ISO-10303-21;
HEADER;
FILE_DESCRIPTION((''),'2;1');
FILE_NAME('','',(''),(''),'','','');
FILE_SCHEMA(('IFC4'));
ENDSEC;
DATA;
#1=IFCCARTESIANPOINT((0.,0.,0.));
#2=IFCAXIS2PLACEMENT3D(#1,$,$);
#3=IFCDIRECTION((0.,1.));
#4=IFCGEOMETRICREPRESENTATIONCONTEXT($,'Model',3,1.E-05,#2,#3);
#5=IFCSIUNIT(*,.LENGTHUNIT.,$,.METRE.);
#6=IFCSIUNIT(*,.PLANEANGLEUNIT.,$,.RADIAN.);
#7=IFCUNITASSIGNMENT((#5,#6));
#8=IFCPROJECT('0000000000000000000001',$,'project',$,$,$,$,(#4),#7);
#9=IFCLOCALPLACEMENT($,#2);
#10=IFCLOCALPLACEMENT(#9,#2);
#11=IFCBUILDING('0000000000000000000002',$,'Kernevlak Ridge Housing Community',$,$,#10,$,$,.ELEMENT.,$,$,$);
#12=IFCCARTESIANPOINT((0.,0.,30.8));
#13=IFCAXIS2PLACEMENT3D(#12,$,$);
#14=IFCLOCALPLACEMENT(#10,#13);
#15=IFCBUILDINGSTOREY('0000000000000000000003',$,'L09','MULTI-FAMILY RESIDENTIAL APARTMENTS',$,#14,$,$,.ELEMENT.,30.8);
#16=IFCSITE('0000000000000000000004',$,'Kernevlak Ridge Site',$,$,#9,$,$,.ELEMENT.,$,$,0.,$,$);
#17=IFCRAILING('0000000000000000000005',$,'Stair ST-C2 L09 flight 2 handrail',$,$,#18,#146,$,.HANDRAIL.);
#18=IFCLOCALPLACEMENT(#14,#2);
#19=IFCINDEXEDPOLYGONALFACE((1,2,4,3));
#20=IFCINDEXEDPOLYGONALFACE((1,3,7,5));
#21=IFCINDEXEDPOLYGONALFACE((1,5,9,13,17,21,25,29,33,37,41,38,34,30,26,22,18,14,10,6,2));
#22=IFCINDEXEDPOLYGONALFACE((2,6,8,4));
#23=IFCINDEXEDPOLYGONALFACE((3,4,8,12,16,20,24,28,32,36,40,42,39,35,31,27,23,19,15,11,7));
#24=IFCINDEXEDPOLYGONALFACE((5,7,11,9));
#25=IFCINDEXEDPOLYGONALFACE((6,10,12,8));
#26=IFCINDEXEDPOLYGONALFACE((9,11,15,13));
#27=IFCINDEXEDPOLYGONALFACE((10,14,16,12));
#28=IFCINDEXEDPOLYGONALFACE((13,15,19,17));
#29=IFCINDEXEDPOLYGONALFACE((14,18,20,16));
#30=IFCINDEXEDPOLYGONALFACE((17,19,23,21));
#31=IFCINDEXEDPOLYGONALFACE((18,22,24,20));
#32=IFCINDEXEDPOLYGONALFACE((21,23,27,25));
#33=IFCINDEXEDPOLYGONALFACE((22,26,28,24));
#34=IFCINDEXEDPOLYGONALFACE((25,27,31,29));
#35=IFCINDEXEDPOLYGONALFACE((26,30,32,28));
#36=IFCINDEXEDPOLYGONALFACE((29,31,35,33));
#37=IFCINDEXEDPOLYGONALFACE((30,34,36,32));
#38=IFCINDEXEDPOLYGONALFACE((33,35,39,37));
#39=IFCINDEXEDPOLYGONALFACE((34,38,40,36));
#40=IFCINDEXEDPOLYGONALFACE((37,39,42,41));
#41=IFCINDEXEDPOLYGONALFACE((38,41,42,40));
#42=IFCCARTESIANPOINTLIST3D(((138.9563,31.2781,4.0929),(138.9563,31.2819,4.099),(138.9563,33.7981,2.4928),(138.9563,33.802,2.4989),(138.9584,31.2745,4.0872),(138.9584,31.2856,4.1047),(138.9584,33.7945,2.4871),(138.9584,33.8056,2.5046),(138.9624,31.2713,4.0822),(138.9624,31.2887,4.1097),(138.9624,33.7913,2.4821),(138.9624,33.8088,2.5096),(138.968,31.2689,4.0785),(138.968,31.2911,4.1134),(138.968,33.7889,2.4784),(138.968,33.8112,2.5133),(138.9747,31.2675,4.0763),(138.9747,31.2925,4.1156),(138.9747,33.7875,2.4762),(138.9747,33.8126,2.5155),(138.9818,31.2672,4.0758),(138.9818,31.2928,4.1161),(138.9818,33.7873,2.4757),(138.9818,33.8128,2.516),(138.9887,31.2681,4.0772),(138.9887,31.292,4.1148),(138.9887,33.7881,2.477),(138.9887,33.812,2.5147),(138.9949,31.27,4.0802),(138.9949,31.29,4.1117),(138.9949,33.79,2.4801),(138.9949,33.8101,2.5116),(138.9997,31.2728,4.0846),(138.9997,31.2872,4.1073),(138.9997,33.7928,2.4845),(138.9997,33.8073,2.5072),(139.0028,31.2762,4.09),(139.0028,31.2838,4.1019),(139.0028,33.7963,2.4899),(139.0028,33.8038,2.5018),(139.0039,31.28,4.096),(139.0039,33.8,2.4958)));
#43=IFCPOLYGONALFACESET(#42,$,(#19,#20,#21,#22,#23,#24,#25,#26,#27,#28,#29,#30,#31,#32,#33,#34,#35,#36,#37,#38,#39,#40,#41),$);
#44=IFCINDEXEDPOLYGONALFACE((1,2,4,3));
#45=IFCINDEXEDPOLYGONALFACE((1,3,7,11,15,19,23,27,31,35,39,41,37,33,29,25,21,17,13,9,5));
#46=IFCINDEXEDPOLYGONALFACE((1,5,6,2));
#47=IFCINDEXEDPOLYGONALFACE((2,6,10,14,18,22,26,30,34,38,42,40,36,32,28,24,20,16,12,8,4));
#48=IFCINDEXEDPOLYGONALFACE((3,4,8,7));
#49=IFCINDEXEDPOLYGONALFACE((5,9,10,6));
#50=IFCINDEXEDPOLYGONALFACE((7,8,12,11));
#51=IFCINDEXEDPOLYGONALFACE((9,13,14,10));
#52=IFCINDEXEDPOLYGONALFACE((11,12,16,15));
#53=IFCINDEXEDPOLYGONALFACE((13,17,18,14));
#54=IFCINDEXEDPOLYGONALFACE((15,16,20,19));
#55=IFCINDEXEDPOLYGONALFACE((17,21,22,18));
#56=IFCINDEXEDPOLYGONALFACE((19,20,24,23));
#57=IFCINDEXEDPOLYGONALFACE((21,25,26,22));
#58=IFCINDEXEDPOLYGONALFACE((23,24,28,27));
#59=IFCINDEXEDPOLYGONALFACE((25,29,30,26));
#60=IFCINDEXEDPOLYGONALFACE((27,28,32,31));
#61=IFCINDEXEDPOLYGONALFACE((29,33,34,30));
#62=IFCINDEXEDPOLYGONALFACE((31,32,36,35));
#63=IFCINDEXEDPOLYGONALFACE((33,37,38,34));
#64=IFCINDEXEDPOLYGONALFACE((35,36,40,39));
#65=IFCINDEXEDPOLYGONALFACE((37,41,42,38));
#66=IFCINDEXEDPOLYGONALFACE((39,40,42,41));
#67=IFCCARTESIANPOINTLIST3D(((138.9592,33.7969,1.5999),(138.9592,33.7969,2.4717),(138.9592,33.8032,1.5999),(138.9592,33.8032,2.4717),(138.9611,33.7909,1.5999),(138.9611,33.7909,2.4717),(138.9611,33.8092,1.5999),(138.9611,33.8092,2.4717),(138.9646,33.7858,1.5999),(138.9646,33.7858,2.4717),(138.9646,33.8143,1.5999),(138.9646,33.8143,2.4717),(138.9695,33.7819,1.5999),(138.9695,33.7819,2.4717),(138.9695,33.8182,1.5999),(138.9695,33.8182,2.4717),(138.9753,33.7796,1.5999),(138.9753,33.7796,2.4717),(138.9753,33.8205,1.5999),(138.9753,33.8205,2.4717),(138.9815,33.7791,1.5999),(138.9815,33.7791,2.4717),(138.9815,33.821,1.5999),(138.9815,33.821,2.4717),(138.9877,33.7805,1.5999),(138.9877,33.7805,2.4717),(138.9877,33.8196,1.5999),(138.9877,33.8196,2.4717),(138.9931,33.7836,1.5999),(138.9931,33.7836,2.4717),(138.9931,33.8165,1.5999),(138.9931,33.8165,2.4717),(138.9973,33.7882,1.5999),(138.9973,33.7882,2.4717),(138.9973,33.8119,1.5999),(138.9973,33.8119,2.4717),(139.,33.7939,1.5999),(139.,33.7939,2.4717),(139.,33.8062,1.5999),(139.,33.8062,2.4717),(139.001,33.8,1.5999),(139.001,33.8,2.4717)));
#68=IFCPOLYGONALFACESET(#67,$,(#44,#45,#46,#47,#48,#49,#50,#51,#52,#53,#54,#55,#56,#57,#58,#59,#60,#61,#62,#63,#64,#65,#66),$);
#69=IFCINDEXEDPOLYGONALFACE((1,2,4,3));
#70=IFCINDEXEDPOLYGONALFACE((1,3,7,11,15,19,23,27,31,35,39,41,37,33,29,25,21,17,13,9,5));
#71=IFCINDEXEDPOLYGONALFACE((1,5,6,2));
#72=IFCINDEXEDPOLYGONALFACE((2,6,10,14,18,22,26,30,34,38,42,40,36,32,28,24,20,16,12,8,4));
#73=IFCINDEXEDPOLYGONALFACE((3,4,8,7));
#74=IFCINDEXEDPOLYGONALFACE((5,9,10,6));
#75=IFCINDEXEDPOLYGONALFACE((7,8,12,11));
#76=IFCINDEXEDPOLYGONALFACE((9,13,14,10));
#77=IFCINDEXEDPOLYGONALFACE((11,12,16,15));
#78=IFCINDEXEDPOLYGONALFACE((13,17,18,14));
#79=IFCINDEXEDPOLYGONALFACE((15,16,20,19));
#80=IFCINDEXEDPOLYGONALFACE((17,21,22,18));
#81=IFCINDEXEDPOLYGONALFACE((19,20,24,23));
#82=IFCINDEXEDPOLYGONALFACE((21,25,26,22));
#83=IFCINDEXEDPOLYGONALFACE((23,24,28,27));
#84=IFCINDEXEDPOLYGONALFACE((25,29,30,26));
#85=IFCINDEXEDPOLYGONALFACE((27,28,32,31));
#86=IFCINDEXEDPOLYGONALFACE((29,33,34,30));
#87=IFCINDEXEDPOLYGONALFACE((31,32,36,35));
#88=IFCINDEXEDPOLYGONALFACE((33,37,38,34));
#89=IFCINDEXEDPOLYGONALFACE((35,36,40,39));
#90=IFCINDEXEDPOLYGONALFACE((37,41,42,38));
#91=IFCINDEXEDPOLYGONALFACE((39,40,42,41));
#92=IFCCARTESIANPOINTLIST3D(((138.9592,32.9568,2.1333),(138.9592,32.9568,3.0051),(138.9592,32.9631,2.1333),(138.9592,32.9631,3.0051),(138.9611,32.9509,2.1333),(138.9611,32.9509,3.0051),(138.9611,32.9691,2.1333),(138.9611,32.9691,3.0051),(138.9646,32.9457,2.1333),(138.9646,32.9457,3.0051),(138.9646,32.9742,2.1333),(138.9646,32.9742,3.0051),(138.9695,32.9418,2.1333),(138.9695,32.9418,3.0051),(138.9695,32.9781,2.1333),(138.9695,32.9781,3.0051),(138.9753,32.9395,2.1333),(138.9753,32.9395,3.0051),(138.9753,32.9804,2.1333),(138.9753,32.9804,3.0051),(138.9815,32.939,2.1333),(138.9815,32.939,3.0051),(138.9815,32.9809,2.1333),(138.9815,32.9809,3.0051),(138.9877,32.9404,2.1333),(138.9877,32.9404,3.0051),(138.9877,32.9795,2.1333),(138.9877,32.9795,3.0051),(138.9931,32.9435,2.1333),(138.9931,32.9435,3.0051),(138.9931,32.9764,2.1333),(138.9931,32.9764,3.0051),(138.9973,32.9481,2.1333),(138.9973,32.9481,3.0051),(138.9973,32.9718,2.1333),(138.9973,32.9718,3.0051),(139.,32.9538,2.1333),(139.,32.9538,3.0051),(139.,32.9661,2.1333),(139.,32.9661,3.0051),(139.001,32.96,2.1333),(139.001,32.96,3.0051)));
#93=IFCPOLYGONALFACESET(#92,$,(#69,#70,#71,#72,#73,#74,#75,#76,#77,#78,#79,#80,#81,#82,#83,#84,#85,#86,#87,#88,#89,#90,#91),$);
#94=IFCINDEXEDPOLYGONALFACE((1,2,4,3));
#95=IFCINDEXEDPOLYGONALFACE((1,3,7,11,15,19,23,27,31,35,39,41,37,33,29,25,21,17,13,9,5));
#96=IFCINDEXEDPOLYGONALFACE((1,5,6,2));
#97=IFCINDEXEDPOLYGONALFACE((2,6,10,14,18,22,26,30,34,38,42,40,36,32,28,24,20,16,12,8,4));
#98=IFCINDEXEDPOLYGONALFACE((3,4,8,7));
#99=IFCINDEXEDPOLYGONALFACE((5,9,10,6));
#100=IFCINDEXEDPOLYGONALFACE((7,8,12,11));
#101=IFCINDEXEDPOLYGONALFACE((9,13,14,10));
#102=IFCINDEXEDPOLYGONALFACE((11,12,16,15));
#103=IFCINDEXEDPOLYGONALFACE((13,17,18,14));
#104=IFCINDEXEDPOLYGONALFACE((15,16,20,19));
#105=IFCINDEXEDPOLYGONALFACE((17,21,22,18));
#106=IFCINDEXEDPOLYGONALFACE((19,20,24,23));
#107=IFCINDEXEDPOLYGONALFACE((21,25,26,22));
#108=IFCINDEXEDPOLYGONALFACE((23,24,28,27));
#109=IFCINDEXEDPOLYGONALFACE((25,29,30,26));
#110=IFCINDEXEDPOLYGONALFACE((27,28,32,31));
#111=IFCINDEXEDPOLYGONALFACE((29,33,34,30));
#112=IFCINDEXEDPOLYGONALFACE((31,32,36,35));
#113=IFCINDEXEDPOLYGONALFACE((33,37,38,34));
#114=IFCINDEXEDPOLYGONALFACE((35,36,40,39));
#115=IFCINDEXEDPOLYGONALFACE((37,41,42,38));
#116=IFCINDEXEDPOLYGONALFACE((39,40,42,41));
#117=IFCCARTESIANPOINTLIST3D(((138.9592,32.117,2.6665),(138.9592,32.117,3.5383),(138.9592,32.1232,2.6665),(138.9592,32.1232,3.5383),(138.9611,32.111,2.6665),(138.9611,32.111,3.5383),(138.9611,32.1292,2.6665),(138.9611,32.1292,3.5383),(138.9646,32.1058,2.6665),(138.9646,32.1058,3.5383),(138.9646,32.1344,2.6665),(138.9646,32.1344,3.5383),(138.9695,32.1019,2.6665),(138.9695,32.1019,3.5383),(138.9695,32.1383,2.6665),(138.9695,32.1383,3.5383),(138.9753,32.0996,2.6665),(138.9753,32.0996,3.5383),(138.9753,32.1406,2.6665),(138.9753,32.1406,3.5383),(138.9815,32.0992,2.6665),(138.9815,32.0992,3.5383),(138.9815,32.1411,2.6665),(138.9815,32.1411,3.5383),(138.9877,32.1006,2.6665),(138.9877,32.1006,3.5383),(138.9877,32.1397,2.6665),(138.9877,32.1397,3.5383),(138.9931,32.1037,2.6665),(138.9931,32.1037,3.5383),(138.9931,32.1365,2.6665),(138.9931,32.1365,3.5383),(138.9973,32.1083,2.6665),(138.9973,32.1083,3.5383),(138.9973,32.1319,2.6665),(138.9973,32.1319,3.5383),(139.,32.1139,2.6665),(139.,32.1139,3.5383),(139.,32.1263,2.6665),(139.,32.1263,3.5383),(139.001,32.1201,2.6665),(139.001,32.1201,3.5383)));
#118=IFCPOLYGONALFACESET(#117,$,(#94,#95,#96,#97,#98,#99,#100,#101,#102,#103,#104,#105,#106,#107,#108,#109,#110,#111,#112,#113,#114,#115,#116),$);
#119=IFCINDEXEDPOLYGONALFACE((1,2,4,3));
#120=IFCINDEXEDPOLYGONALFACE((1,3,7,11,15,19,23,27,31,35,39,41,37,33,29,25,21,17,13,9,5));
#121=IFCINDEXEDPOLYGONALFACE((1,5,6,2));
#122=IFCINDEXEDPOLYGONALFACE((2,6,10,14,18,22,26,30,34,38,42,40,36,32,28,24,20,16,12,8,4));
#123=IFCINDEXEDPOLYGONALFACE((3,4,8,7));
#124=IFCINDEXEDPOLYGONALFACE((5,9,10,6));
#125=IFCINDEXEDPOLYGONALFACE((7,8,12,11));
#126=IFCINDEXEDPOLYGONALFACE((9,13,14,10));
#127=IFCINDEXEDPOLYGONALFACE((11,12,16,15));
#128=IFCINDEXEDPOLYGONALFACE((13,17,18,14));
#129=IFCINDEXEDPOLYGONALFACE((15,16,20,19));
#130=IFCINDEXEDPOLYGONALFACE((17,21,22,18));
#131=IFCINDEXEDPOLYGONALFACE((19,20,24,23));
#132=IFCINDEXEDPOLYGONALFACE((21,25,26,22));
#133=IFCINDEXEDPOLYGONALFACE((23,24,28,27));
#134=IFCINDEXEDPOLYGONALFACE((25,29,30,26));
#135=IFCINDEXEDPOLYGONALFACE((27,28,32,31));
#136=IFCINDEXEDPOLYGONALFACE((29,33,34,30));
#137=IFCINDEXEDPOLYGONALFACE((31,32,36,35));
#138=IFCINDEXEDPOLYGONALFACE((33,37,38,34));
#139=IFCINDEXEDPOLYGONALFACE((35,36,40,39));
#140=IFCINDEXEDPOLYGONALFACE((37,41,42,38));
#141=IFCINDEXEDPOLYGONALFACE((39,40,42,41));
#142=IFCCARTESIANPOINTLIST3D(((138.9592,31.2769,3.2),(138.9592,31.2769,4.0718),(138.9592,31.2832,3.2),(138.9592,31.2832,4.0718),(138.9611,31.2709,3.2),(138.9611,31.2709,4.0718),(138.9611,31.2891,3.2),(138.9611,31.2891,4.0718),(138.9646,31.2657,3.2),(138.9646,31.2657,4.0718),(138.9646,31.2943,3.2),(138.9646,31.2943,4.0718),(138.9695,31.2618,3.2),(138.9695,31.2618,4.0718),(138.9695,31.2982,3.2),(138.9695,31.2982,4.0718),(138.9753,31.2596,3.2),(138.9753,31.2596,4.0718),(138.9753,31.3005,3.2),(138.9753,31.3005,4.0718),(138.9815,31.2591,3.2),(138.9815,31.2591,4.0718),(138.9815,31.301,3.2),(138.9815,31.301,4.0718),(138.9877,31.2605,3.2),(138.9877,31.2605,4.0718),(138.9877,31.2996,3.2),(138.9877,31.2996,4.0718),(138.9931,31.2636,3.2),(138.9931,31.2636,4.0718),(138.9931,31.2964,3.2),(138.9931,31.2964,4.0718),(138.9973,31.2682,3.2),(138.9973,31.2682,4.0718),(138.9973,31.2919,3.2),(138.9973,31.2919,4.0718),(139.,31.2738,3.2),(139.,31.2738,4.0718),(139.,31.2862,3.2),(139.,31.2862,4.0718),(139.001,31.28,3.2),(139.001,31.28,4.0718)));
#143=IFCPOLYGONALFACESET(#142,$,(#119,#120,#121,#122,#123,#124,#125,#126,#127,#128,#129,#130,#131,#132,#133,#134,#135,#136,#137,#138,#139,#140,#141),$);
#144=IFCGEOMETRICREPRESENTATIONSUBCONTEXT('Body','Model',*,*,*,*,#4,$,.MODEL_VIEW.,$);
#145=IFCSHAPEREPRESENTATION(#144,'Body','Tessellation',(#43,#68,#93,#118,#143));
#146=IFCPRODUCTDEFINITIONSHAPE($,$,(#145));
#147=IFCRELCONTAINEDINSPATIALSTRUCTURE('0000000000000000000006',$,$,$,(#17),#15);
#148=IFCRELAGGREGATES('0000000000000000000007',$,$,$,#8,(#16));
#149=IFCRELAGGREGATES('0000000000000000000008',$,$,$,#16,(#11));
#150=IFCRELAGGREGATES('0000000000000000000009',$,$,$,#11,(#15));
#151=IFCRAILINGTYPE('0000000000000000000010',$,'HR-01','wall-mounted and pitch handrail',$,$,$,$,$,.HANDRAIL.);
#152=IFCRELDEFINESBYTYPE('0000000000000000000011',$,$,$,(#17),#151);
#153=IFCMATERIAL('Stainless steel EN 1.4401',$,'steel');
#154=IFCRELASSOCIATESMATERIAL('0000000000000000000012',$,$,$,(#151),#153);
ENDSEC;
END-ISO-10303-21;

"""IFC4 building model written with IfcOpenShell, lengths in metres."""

from ifc_helpers import new_model, si_unit, direction, frame, origin, origin_2d, place, context, subcontext, project, spatial, circle, extrude, material, type_object, element, save


model = new_model("IFC4")

# Units and contexts
model_context = context("Model", 3, precision=1e-05, world=origin(), true_north=direction((0.0, 1.0)))
body_context = subcontext(model_context, "Body", "Model", "MODEL_VIEW")
ifc_project = project(units=[si_unit("LENGTHUNIT", "METRE"), si_unit("PLANEANGLEUNIT", "RADIAN")], contexts=[model_context])

# Site, building, storey
site_placement = place(None, origin())
site = spatial("IfcSite", under=ifc_project, at=site_placement, Name="Kernevlak Ridge Site", CompositionType="ELEMENT", RefElevation=0.0)
building_placement = place(site_placement, origin())
building = spatial("IfcBuilding", under=site, at=building_placement, Name="Kernevlak Ridge Housing Community", CompositionType="ELEMENT")
storey_placement = place(building_placement, frame((0.0, 0.0, 30.8)))
storey = spatial("IfcBuildingStorey", under=building, at=storey_placement, Name="L09", Description="MULTI-FAMILY RESIDENTIAL APARTMENTS", CompositionType="ELEMENT", Elevation=30.8)

# Railing
ifc_material_1 = material(Name="Stainless steel EN 1.4401", Category="steel")
railing_type_1 = type_object("IfcRailingType", Name="HR-01", Description="wall-mounted and pitch handrail", PredefinedType="HANDRAIL", material=ifc_material_1)
railing_1_placement = place(storey_placement, frame((138.98, 33.8, 1.5999)))
element("IfcRailing", 1, at=railing_1_placement, inside=storey, type_object=railing_type_1, Name="Stair ST-C2 L09 flight 2 handrail", PredefinedType="HANDRAIL", context=body_context, shape_type="SweptSolid", body=[
    extrude(circle(Radius=0.0239, at=origin_2d()), frame((0.0, 0.0, 0.896), z_axis=(0.0, -0.8442, 0.536028), x_axis=(1.0, 0.0, 0.0)), (0.0, 0.0, 1.0), 2.9851),
    extrude(circle(Radius=0.021, at=origin_2d()), origin(), (0.0, 0.0, 1.0), 0.8718),
    extrude(circle(Radius=0.021, at=origin_2d()), frame((0.0, -0.8401, 0.5334)), (0.0, 0.0, 1.0), 0.8718),
    extrude(circle(Radius=0.021, at=origin_2d()), frame((0.0, -1.6799, 1.0667)), (0.0, 0.0, 1.0), 0.8718),
    extrude(circle(Radius=0.021, at=origin_2d()), frame((0.0, -2.52, 1.6001)), (0.0, 0.0, 1.0), 0.8718),
])

save(model, "model.ifc")
